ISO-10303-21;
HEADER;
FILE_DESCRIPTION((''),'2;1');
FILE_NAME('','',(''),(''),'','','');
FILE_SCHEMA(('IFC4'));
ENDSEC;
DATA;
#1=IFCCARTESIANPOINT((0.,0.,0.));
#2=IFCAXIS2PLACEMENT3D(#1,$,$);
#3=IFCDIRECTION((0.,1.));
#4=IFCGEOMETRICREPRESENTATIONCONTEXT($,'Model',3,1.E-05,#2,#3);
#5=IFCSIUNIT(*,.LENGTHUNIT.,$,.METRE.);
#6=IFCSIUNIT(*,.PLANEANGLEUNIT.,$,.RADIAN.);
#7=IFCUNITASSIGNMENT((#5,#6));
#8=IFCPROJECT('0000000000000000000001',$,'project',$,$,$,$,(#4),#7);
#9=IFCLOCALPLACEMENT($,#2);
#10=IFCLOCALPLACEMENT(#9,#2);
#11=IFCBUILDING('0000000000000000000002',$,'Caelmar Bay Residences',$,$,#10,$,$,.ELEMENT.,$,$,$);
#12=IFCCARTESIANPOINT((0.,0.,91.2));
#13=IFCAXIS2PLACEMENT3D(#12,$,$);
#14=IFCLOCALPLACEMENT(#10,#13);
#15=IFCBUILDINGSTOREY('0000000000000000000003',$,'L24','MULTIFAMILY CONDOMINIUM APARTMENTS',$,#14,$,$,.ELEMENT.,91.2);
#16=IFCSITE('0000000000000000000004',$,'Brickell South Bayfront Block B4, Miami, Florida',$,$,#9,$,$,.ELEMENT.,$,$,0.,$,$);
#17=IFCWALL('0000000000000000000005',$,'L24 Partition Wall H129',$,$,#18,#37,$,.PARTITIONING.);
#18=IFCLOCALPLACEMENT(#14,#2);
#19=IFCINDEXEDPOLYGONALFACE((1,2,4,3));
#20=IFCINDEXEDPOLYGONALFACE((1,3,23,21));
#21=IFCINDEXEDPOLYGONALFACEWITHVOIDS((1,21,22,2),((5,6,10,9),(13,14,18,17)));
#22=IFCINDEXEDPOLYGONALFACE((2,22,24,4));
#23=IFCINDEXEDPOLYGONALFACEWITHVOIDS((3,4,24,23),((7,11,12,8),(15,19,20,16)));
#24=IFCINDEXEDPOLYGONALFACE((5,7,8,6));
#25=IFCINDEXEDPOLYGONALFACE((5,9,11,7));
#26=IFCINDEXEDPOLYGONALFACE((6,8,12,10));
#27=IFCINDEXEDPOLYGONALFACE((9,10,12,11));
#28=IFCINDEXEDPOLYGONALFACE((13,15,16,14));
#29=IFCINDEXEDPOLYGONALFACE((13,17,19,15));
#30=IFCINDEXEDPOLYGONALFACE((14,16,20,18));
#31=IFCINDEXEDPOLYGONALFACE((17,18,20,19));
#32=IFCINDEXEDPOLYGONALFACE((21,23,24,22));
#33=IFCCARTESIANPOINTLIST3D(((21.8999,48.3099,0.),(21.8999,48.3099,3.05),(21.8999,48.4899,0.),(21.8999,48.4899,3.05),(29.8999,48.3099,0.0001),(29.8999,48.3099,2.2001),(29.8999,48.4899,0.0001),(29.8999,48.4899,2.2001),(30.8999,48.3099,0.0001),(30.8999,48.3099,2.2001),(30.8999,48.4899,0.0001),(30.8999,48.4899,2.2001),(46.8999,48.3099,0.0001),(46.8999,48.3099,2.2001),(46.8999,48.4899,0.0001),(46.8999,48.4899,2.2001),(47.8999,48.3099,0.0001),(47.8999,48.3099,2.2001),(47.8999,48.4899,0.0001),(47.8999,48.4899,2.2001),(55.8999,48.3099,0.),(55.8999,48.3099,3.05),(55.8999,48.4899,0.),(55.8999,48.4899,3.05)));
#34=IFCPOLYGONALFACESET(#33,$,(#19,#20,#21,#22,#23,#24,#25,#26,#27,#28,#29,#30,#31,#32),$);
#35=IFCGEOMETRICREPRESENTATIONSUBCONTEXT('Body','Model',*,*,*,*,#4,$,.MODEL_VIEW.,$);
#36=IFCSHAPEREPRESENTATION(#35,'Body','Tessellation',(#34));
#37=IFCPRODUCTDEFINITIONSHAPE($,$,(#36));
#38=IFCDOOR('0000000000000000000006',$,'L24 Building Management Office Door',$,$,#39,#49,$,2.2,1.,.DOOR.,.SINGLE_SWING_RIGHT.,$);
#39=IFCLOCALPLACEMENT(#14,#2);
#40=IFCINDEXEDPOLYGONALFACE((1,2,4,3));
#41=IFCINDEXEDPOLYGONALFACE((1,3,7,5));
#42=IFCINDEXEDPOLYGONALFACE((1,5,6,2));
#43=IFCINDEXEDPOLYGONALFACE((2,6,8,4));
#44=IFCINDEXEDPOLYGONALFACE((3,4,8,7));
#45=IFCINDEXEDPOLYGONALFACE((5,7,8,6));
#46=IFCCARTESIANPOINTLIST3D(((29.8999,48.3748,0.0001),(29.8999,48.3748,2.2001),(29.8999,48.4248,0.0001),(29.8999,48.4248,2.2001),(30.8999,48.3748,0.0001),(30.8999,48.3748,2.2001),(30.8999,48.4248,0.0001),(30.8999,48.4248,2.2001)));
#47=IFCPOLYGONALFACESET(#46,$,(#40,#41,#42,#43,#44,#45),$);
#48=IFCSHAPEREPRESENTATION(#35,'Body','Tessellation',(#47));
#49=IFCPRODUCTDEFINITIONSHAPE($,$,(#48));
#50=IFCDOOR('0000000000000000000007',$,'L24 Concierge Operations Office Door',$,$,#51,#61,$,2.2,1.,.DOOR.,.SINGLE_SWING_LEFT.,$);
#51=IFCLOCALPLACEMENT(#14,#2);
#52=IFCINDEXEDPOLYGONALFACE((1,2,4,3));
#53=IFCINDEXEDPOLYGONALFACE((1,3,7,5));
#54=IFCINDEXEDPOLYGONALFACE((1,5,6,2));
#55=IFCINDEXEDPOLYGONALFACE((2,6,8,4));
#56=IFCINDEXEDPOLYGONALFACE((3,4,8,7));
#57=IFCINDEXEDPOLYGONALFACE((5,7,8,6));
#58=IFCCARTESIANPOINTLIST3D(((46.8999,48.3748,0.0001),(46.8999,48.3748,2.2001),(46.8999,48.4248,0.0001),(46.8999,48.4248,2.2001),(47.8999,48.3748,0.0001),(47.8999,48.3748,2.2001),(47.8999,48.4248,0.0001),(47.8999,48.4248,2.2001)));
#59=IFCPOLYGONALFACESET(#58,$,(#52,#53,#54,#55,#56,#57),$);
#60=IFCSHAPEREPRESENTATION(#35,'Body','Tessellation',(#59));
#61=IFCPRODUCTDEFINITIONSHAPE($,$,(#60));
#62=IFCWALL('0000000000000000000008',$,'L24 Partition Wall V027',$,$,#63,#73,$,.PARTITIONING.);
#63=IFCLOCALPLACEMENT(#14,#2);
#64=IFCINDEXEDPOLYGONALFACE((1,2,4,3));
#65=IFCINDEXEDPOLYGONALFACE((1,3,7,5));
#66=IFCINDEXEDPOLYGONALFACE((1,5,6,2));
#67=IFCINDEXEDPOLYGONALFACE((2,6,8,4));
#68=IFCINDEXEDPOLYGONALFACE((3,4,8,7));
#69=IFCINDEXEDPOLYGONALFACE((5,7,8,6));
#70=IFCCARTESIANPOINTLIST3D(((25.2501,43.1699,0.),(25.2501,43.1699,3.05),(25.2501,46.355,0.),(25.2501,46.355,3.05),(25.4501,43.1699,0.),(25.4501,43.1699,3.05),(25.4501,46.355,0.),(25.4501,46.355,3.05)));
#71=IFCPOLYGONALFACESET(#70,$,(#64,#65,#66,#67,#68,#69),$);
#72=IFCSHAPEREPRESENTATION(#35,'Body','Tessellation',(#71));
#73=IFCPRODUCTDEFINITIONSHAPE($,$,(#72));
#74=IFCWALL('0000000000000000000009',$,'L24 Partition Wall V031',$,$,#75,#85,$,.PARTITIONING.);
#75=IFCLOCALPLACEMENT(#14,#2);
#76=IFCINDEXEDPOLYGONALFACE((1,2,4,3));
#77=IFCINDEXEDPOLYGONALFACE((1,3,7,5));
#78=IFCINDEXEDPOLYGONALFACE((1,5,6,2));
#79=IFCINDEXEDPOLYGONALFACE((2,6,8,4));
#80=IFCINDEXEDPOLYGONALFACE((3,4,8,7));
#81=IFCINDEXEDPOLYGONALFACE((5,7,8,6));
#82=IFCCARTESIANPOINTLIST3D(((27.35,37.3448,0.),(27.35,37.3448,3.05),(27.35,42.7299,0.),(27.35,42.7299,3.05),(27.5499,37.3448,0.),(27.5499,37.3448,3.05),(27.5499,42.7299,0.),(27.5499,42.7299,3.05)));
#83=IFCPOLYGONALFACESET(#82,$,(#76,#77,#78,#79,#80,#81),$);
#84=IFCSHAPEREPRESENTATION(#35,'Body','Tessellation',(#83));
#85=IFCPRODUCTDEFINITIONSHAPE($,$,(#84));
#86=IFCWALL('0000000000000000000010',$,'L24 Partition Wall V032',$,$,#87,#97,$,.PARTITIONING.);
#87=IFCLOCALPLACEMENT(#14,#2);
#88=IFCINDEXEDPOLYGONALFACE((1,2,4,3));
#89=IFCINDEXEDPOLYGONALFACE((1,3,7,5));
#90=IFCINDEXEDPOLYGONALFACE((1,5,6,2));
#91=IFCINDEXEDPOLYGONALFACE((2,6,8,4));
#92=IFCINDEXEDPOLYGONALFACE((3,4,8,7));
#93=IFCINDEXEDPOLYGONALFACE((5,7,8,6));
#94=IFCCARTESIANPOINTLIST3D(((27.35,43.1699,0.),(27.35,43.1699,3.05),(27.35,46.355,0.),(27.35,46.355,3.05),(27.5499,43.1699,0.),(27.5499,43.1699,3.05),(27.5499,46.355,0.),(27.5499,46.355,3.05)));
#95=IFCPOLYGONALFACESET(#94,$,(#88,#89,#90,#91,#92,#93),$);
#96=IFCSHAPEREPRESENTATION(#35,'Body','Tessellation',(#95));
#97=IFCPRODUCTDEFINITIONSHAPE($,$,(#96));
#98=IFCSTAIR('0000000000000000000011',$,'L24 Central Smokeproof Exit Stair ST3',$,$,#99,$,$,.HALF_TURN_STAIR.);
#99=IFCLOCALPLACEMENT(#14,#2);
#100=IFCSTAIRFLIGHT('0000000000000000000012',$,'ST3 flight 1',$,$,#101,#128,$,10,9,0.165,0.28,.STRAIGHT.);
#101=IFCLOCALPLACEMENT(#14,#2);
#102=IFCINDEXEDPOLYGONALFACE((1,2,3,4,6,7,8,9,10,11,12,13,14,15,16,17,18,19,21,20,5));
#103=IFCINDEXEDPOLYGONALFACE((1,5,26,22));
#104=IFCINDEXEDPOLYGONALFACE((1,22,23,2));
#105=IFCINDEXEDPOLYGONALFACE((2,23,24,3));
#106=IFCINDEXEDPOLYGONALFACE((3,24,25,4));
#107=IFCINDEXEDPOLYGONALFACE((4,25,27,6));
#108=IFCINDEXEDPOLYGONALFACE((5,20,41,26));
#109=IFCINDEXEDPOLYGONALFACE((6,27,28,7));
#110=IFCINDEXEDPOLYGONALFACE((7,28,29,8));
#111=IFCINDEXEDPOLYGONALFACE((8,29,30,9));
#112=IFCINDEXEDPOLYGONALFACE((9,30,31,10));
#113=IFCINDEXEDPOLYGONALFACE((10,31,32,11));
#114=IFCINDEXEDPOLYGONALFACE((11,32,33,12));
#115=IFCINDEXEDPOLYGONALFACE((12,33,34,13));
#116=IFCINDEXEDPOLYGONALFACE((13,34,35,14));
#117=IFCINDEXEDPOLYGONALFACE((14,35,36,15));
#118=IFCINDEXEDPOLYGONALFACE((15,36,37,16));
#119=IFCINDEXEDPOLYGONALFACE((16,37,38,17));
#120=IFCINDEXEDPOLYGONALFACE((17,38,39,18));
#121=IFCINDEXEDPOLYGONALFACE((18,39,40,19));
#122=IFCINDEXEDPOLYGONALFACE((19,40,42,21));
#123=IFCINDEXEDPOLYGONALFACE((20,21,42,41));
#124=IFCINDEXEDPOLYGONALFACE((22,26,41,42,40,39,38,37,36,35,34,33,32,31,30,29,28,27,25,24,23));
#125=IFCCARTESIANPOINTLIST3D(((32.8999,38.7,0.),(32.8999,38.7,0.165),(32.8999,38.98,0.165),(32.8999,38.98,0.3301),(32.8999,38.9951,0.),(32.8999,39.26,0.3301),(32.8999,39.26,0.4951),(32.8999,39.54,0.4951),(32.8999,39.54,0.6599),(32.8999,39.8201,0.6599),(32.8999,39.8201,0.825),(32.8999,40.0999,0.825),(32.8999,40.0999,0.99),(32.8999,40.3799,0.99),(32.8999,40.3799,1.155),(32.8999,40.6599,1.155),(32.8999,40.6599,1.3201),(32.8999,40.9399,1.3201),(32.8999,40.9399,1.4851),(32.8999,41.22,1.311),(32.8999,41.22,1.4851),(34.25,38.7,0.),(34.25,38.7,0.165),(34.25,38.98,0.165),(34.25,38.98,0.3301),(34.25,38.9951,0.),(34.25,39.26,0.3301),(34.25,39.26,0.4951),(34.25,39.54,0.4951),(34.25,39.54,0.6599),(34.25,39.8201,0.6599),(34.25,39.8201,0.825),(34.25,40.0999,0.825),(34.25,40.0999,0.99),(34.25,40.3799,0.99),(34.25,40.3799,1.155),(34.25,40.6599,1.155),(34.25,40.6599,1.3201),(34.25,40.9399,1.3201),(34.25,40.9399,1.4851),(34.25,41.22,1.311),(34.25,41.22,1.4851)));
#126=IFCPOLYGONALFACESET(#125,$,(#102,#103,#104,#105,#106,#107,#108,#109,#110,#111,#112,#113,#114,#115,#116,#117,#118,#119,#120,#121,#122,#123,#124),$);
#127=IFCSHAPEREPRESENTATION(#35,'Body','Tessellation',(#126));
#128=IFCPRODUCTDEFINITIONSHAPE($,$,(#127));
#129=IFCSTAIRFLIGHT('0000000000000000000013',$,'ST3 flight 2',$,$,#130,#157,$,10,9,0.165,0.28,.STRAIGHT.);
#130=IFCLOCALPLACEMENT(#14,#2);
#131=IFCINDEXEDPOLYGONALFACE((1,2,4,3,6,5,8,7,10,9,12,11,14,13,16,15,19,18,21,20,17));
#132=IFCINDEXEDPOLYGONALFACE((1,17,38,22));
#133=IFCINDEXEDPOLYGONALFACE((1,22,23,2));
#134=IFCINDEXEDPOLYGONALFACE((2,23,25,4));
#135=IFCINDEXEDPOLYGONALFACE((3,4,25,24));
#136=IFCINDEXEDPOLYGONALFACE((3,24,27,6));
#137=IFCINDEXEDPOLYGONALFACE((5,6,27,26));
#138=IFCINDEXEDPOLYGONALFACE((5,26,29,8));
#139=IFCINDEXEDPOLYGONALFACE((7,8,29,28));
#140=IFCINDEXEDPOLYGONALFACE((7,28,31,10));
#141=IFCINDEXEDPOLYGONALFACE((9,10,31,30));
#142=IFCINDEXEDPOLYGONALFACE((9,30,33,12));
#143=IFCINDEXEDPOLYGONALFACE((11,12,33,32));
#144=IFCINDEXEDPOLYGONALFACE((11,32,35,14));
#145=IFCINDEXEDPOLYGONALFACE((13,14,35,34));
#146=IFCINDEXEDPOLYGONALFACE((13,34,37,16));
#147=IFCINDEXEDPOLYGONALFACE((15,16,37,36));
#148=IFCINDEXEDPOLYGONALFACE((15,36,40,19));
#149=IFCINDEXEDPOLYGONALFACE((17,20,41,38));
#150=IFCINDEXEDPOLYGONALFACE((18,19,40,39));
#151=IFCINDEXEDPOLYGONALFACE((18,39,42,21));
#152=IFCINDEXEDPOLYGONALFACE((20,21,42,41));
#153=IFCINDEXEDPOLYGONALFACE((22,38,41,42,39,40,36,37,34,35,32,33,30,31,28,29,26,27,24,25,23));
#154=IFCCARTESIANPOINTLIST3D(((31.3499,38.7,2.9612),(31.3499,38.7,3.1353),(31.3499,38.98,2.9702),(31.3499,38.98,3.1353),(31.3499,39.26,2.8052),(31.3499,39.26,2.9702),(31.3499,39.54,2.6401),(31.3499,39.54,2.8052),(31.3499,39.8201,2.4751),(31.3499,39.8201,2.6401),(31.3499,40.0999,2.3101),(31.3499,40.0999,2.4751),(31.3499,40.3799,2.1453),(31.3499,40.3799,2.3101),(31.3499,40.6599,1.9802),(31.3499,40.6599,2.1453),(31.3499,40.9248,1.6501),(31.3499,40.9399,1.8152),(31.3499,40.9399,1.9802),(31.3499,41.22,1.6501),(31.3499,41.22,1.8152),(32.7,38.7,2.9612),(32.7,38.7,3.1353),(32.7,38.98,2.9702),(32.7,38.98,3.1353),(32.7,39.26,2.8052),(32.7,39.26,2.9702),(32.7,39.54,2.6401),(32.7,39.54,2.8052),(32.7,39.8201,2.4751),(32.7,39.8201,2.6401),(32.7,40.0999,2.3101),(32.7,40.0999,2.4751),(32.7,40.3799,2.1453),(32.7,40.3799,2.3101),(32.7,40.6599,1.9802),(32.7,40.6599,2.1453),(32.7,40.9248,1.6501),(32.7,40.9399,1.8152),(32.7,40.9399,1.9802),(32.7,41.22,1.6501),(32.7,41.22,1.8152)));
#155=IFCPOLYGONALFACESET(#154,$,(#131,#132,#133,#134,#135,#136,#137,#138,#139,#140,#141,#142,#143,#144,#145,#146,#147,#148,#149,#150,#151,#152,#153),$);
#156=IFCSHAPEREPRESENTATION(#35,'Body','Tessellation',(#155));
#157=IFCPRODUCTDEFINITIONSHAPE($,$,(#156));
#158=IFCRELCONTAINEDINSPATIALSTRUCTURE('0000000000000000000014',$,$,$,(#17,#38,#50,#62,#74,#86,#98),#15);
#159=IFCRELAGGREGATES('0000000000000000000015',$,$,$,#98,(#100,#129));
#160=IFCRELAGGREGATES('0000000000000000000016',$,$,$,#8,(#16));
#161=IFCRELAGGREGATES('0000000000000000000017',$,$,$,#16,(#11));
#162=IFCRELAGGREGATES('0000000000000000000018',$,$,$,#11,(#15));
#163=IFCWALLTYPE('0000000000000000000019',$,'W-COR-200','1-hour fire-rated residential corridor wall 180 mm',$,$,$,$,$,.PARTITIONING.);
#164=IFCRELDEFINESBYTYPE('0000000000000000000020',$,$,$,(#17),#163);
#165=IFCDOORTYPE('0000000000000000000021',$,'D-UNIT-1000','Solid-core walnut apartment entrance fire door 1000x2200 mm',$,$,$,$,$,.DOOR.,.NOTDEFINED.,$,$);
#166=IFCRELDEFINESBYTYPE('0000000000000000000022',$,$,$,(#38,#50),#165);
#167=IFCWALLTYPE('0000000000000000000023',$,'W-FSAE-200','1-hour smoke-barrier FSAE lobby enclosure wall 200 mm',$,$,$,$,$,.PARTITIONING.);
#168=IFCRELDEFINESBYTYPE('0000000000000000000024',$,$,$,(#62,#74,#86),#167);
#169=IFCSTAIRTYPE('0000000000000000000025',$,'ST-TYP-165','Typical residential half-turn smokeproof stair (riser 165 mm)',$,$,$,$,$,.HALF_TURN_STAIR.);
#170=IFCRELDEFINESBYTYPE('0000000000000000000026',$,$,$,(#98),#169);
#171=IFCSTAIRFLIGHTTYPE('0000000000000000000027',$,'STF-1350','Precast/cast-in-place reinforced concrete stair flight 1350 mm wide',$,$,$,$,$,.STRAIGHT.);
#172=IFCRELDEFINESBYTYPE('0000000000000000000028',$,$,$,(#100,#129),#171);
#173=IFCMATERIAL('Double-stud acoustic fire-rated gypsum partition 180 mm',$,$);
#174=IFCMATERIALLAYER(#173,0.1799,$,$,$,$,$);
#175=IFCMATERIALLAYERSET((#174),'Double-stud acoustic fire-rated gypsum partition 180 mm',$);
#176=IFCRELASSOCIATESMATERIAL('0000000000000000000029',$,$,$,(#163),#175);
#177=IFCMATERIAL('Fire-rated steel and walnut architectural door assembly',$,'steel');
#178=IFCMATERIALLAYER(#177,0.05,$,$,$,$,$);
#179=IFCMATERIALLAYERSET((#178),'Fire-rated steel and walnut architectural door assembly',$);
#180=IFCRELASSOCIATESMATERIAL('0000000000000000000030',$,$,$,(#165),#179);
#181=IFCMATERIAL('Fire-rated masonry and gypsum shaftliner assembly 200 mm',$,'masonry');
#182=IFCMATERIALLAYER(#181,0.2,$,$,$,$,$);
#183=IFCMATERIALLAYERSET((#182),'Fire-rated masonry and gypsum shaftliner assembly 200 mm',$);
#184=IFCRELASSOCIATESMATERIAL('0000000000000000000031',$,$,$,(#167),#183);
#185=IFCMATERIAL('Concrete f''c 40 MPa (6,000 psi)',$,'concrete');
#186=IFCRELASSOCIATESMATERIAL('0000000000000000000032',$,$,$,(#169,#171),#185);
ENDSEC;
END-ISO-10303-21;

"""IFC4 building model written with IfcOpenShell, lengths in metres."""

from ifc_helpers import new_model, si_unit, direction, frame, frame_2d, origin, place, context, subcontext, project, spatial, polyline, rectangle, outline, extrude, material, layer, layer_set, type_object, element, fill, aggregate, save


model = new_model("IFC4")

# Units and contexts
model_context = context("Model", 3, precision=1e-05, world=origin(), true_north=direction((0.0, 1.0)))
body_context = subcontext(model_context, "Body", "Model", "MODEL_VIEW")
ifc_project = project(units=[si_unit("LENGTHUNIT", "METRE"), si_unit("PLANEANGLEUNIT", "RADIAN")], contexts=[model_context])

# Site, building, storey
site_placement = place(None, origin())
site = spatial("IfcSite", under=ifc_project, at=site_placement, Name="Brickell South Bayfront Block B4, Miami, Florida", CompositionType="ELEMENT", RefElevation=0.0)
building_placement = place(site_placement, origin())
building = spatial("IfcBuilding", under=site, at=building_placement, Name="Caelmar Bay Residences", CompositionType="ELEMENT")
storey_placement = place(building_placement, frame((0.0, 0.0, 91.2)))
storey = spatial("IfcBuildingStorey", under=building, at=storey_placement, Name="L24", Description="MULTIFAMILY CONDOMINIUM APARTMENTS", CompositionType="ELEMENT", Elevation=91.2)

# Wall, openings, doors
ifc_material_1 = material(Name="Fire-rated steel and walnut architectural door assembly", Category="steel")
ifc_material_2 = material(Name="Double-stud acoustic fire-rated gypsum partition 180 mm")
ifc_layer_1 = layer(ifc_material_2, 0.1799)
ifc_layer_set_1 = layer_set([ifc_layer_1], Name="Double-stud acoustic fire-rated gypsum partition 180 mm")
wall_type_1 = type_object("IfcWallType", Name="W-COR-200", Description="1-hour fire-rated residential corridor wall 180 mm", PredefinedType="PARTITIONING", material=ifc_layer_set_1)
wall_1_placement = place(storey_placement, frame((21.8999, 48.3999, 0.0), z_axis=(0.0, 0.0, 1.0), x_axis=(1.0, 0.0, 0.0)))
wall_1 = element("IfcWall", 1, at=wall_1_placement, inside=storey, type_object=wall_type_1, Name="L24 Partition Wall H129", PredefinedType="PARTITIONING", context=body_context, shape_type="SweptSolid", body=[
    extrude(rectangle(XDim=34.0, YDim=0.1799, at=frame_2d((17.0, 0.0))), origin(), (0.0, 0.0, 1.0), 3.05),
])
opening_1_placement = place(wall_1_placement, frame((8.0, 0.0, 0.0)))
opening_1 = element("IfcOpeningElement", 2, at=opening_1_placement, cuts=wall_1, PredefinedType="OPENING", context=body_context, shape_type="SweptSolid", body=[
    extrude(rectangle(XDim=1.0, YDim=2.2, at=frame_2d((0.5, 1.1001))), frame((0.0, 0.0999, 0.0), z_axis=(0.0, -1.0, 0.0), x_axis=(1.0, 0.0, 0.0)), (0.0, 0.0, 1.0), 0.2),
])
opening_2_placement = place(wall_1_placement, frame((25.0, 0.0, 0.0)))
opening_2 = element("IfcOpeningElement", 3, at=opening_2_placement, cuts=wall_1, PredefinedType="OPENING", context=body_context, shape_type="SweptSolid", body=[
    extrude(rectangle(XDim=1.0, YDim=2.2, at=frame_2d((0.5, 1.1001))), frame((0.0, 0.0999, 0.0), z_axis=(0.0, -1.0, 0.0), x_axis=(1.0, 0.0, 0.0)), (0.0, 0.0, 1.0), 0.2),
])
ifc_layer_2 = layer(ifc_material_1, 0.05)
ifc_layer_set_2 = layer_set([ifc_layer_2], Name="Fire-rated steel and walnut architectural door assembly")
door_type_1 = type_object("IfcDoorType", Name="D-UNIT-1000", Description="Solid-core walnut apartment entrance fire door 1000x2200 mm", OperationType="NOTDEFINED", PredefinedType="DOOR", material=ifc_layer_set_2)
door_1_placement = place(opening_1_placement, origin())
door_1 = element("IfcDoor", 4, at=door_1_placement, inside=storey, type_object=door_type_1, Name="L24 Building Management Office Door", OperationType="SINGLE_SWING_RIGHT", OverallHeight=2.2, OverallWidth=1.0, PredefinedType="DOOR", context=body_context, shape_type="SweptSolid", body=[
    extrude(rectangle(XDim=1.0, YDim=2.2, at=frame_2d((0.5, 1.1001))), frame((0.0, 0.0249, 0.0), z_axis=(0.0, -1.0, 0.0), x_axis=(1.0, 0.0, 0.0)), (0.0, 0.0, 1.0), 0.05),
])
fill(opening_1, door_1)
door_2_placement = place(opening_2_placement, origin())
door_2 = element("IfcDoor", 5, at=door_2_placement, inside=storey, type_object=door_type_1, Name="L24 Concierge Operations Office Door", OperationType="SINGLE_SWING_LEFT", OverallHeight=2.2, OverallWidth=1.0, PredefinedType="DOOR", context=body_context, shape_type="SweptSolid", body=[
    extrude(rectangle(XDim=1.0, YDim=2.2, at=frame_2d((0.5, 1.1001))), frame((0.0, 0.0249, 0.0), z_axis=(0.0, -1.0, 0.0), x_axis=(1.0, 0.0, 0.0)), (0.0, 0.0, 1.0), 0.05),
])
fill(opening_2, door_2)

# Walls
ifc_material_3 = material(Name="Fire-rated masonry and gypsum shaftliner assembly 200 mm", Category="masonry")
ifc_layer_3 = layer(ifc_material_3, 0.2)
ifc_layer_set_3 = layer_set([ifc_layer_3], Name="Fire-rated masonry and gypsum shaftliner assembly 200 mm")
wall_type_2 = type_object("IfcWallType", Name="W-FSAE-200", Description="1-hour smoke-barrier FSAE lobby enclosure wall 200 mm", PredefinedType="PARTITIONING", material=ifc_layer_set_3)
wall_2_placement = place(storey_placement, frame((25.3501, 43.1699, 0.0), z_axis=(0.0, 0.0, 1.0), x_axis=(0.0, 1.0, 0.0)))
element("IfcWall", 6, at=wall_2_placement, inside=storey, type_object=wall_type_2, Name="L24 Partition Wall V027", PredefinedType="PARTITIONING", context=body_context, shape_type="SweptSolid", body=[
    extrude(rectangle(XDim=3.1851, YDim=0.2, at=frame_2d((1.5925, 0.0))), origin(), (0.0, 0.0, 1.0), 3.05),
])
wall_3_placement = place(storey_placement, frame((27.45, 37.345, 0.0), z_axis=(0.0, 0.0, 1.0), x_axis=(0.0, 1.0, 0.0)))
element("IfcWall", 7, at=wall_3_placement, inside=storey, type_object=wall_type_2, Name="L24 Partition Wall V031", PredefinedType="PARTITIONING", context=body_context, shape_type="SweptSolid", body=[
    extrude(rectangle(XDim=5.385, YDim=0.2, at=frame_2d((2.6924, 0.0))), origin(), (0.0, 0.0, 1.0), 3.05),
])
wall_4_placement = place(storey_placement, frame((27.45, 43.1699, 0.0), z_axis=(0.0, 0.0, 1.0), x_axis=(0.0, 1.0, 0.0)))
element("IfcWall", 8, at=wall_4_placement, inside=storey, type_object=wall_type_2, Name="L24 Partition Wall V032", PredefinedType="PARTITIONING", context=body_context, shape_type="SweptSolid", body=[
    extrude(rectangle(XDim=3.1851, YDim=0.2, at=frame_2d((1.5925, 0.0))), origin(), (0.0, 0.0, 1.0), 3.05),
])

# Stair, stair flights
ifc_material_4 = material(Name="Concrete f'c 40 MPa (6,000 psi)", Category="concrete")
stair_type = type_object("IfcStairType", Name="ST-TYP-165", Description="Typical residential half-turn smokeproof stair (riser 165 mm)", PredefinedType="HALF_TURN_STAIR", material=ifc_material_4)
stair_placement = place(storey_placement, origin())
stair = element("IfcStair", 9, at=stair_placement, inside=storey, type_object=stair_type, Name="L24 Central Smokeproof Exit Stair ST3", PredefinedType="HALF_TURN_STAIR")
stair_flight_type = type_object("IfcStairFlightType", Name="STF-1350", Description="Precast/cast-in-place reinforced concrete stair flight 1350 mm wide", PredefinedType="STRAIGHT", material=ifc_material_4)
stair_flight_1_placement = place(storey_placement, frame((33.575, 38.7, 0.0), z_axis=(0.0, 0.0, 1.0), x_axis=(0.0, 1.0, 0.0)))
stair_flight_1 = element("IfcStairFlight", 10, at=stair_flight_1_placement, type_object=stair_flight_type, Name="ST3 flight 1", NumberOfRisers=10, NumberOfTreads=9, PredefinedType="STRAIGHT", RiserHeight=0.165, TreadLength=0.28, context=body_context, shape_type="SweptSolid", body=[
    extrude(outline(polyline([(0.0, 0.0), (0.0, 0.165), (0.28, 0.165), (0.28, 0.3301), (0.5601, 0.3301), (0.5601, 0.4951), (0.8401, 0.4951), (0.8401, 0.6599), (1.1201, 0.6599), (1.1201, 0.825), (1.3999, 0.825), (1.3999, 0.99), (1.6799, 0.99), (1.6799, 1.155), (1.96, 1.155), (1.96, 1.3201), (2.24, 1.3201), (2.24, 1.4851), (2.52, 1.4851), (2.52, 1.6499), (2.52, 1.311), (0.2952, 0.0), (0.0, 0.0)])), frame((0.0, 0.675, 0.0), z_axis=(0.0, -1.0, 0.0), x_axis=(1.0, 0.0, 0.0)), (0.0, 0.0, 1.0), 1.3501),
])
stair_flight_2_placement = place(storey_placement, frame((32.0249, 41.22, 1.6501), z_axis=(0.0, 0.0, 1.0), x_axis=(0.0, -1.0, 0.0)))
stair_flight_2 = element("IfcStairFlight", 11, at=stair_flight_2_placement, type_object=stair_flight_type, Name="ST3 flight 2", NumberOfRisers=10, NumberOfTreads=9, PredefinedType="STRAIGHT", RiserHeight=0.165, TreadLength=0.28, context=body_context, shape_type="SweptSolid", body=[
    extrude(outline(polyline([(0.0, 0.0), (0.0, 0.165), (0.28, 0.165), (0.28, 0.3301), (0.5601, 0.3301), (0.5601, 0.4951), (0.8401, 0.4951), (0.8401, 0.6599), (1.1201, 0.6599), (1.1201, 0.825), (1.3999, 0.825), (1.3999, 0.99), (1.6799, 0.99), (1.6799, 1.155), (1.96, 1.155), (1.96, 1.3201), (2.24, 1.3201), (2.24, 1.4851), (2.52, 1.4851), (2.52, 1.6499), (2.52, 1.311), (0.2952, 0.0), (0.0, 0.0)])), frame((0.0, 0.675, 0.0), z_axis=(0.0, -1.0, 0.0), x_axis=(1.0, 0.0, 0.0)), (0.0, 0.0, 1.0), 1.3501),
])
aggregate(stair, [stair_flight_1, stair_flight_2])

save(model, "model.ifc")
